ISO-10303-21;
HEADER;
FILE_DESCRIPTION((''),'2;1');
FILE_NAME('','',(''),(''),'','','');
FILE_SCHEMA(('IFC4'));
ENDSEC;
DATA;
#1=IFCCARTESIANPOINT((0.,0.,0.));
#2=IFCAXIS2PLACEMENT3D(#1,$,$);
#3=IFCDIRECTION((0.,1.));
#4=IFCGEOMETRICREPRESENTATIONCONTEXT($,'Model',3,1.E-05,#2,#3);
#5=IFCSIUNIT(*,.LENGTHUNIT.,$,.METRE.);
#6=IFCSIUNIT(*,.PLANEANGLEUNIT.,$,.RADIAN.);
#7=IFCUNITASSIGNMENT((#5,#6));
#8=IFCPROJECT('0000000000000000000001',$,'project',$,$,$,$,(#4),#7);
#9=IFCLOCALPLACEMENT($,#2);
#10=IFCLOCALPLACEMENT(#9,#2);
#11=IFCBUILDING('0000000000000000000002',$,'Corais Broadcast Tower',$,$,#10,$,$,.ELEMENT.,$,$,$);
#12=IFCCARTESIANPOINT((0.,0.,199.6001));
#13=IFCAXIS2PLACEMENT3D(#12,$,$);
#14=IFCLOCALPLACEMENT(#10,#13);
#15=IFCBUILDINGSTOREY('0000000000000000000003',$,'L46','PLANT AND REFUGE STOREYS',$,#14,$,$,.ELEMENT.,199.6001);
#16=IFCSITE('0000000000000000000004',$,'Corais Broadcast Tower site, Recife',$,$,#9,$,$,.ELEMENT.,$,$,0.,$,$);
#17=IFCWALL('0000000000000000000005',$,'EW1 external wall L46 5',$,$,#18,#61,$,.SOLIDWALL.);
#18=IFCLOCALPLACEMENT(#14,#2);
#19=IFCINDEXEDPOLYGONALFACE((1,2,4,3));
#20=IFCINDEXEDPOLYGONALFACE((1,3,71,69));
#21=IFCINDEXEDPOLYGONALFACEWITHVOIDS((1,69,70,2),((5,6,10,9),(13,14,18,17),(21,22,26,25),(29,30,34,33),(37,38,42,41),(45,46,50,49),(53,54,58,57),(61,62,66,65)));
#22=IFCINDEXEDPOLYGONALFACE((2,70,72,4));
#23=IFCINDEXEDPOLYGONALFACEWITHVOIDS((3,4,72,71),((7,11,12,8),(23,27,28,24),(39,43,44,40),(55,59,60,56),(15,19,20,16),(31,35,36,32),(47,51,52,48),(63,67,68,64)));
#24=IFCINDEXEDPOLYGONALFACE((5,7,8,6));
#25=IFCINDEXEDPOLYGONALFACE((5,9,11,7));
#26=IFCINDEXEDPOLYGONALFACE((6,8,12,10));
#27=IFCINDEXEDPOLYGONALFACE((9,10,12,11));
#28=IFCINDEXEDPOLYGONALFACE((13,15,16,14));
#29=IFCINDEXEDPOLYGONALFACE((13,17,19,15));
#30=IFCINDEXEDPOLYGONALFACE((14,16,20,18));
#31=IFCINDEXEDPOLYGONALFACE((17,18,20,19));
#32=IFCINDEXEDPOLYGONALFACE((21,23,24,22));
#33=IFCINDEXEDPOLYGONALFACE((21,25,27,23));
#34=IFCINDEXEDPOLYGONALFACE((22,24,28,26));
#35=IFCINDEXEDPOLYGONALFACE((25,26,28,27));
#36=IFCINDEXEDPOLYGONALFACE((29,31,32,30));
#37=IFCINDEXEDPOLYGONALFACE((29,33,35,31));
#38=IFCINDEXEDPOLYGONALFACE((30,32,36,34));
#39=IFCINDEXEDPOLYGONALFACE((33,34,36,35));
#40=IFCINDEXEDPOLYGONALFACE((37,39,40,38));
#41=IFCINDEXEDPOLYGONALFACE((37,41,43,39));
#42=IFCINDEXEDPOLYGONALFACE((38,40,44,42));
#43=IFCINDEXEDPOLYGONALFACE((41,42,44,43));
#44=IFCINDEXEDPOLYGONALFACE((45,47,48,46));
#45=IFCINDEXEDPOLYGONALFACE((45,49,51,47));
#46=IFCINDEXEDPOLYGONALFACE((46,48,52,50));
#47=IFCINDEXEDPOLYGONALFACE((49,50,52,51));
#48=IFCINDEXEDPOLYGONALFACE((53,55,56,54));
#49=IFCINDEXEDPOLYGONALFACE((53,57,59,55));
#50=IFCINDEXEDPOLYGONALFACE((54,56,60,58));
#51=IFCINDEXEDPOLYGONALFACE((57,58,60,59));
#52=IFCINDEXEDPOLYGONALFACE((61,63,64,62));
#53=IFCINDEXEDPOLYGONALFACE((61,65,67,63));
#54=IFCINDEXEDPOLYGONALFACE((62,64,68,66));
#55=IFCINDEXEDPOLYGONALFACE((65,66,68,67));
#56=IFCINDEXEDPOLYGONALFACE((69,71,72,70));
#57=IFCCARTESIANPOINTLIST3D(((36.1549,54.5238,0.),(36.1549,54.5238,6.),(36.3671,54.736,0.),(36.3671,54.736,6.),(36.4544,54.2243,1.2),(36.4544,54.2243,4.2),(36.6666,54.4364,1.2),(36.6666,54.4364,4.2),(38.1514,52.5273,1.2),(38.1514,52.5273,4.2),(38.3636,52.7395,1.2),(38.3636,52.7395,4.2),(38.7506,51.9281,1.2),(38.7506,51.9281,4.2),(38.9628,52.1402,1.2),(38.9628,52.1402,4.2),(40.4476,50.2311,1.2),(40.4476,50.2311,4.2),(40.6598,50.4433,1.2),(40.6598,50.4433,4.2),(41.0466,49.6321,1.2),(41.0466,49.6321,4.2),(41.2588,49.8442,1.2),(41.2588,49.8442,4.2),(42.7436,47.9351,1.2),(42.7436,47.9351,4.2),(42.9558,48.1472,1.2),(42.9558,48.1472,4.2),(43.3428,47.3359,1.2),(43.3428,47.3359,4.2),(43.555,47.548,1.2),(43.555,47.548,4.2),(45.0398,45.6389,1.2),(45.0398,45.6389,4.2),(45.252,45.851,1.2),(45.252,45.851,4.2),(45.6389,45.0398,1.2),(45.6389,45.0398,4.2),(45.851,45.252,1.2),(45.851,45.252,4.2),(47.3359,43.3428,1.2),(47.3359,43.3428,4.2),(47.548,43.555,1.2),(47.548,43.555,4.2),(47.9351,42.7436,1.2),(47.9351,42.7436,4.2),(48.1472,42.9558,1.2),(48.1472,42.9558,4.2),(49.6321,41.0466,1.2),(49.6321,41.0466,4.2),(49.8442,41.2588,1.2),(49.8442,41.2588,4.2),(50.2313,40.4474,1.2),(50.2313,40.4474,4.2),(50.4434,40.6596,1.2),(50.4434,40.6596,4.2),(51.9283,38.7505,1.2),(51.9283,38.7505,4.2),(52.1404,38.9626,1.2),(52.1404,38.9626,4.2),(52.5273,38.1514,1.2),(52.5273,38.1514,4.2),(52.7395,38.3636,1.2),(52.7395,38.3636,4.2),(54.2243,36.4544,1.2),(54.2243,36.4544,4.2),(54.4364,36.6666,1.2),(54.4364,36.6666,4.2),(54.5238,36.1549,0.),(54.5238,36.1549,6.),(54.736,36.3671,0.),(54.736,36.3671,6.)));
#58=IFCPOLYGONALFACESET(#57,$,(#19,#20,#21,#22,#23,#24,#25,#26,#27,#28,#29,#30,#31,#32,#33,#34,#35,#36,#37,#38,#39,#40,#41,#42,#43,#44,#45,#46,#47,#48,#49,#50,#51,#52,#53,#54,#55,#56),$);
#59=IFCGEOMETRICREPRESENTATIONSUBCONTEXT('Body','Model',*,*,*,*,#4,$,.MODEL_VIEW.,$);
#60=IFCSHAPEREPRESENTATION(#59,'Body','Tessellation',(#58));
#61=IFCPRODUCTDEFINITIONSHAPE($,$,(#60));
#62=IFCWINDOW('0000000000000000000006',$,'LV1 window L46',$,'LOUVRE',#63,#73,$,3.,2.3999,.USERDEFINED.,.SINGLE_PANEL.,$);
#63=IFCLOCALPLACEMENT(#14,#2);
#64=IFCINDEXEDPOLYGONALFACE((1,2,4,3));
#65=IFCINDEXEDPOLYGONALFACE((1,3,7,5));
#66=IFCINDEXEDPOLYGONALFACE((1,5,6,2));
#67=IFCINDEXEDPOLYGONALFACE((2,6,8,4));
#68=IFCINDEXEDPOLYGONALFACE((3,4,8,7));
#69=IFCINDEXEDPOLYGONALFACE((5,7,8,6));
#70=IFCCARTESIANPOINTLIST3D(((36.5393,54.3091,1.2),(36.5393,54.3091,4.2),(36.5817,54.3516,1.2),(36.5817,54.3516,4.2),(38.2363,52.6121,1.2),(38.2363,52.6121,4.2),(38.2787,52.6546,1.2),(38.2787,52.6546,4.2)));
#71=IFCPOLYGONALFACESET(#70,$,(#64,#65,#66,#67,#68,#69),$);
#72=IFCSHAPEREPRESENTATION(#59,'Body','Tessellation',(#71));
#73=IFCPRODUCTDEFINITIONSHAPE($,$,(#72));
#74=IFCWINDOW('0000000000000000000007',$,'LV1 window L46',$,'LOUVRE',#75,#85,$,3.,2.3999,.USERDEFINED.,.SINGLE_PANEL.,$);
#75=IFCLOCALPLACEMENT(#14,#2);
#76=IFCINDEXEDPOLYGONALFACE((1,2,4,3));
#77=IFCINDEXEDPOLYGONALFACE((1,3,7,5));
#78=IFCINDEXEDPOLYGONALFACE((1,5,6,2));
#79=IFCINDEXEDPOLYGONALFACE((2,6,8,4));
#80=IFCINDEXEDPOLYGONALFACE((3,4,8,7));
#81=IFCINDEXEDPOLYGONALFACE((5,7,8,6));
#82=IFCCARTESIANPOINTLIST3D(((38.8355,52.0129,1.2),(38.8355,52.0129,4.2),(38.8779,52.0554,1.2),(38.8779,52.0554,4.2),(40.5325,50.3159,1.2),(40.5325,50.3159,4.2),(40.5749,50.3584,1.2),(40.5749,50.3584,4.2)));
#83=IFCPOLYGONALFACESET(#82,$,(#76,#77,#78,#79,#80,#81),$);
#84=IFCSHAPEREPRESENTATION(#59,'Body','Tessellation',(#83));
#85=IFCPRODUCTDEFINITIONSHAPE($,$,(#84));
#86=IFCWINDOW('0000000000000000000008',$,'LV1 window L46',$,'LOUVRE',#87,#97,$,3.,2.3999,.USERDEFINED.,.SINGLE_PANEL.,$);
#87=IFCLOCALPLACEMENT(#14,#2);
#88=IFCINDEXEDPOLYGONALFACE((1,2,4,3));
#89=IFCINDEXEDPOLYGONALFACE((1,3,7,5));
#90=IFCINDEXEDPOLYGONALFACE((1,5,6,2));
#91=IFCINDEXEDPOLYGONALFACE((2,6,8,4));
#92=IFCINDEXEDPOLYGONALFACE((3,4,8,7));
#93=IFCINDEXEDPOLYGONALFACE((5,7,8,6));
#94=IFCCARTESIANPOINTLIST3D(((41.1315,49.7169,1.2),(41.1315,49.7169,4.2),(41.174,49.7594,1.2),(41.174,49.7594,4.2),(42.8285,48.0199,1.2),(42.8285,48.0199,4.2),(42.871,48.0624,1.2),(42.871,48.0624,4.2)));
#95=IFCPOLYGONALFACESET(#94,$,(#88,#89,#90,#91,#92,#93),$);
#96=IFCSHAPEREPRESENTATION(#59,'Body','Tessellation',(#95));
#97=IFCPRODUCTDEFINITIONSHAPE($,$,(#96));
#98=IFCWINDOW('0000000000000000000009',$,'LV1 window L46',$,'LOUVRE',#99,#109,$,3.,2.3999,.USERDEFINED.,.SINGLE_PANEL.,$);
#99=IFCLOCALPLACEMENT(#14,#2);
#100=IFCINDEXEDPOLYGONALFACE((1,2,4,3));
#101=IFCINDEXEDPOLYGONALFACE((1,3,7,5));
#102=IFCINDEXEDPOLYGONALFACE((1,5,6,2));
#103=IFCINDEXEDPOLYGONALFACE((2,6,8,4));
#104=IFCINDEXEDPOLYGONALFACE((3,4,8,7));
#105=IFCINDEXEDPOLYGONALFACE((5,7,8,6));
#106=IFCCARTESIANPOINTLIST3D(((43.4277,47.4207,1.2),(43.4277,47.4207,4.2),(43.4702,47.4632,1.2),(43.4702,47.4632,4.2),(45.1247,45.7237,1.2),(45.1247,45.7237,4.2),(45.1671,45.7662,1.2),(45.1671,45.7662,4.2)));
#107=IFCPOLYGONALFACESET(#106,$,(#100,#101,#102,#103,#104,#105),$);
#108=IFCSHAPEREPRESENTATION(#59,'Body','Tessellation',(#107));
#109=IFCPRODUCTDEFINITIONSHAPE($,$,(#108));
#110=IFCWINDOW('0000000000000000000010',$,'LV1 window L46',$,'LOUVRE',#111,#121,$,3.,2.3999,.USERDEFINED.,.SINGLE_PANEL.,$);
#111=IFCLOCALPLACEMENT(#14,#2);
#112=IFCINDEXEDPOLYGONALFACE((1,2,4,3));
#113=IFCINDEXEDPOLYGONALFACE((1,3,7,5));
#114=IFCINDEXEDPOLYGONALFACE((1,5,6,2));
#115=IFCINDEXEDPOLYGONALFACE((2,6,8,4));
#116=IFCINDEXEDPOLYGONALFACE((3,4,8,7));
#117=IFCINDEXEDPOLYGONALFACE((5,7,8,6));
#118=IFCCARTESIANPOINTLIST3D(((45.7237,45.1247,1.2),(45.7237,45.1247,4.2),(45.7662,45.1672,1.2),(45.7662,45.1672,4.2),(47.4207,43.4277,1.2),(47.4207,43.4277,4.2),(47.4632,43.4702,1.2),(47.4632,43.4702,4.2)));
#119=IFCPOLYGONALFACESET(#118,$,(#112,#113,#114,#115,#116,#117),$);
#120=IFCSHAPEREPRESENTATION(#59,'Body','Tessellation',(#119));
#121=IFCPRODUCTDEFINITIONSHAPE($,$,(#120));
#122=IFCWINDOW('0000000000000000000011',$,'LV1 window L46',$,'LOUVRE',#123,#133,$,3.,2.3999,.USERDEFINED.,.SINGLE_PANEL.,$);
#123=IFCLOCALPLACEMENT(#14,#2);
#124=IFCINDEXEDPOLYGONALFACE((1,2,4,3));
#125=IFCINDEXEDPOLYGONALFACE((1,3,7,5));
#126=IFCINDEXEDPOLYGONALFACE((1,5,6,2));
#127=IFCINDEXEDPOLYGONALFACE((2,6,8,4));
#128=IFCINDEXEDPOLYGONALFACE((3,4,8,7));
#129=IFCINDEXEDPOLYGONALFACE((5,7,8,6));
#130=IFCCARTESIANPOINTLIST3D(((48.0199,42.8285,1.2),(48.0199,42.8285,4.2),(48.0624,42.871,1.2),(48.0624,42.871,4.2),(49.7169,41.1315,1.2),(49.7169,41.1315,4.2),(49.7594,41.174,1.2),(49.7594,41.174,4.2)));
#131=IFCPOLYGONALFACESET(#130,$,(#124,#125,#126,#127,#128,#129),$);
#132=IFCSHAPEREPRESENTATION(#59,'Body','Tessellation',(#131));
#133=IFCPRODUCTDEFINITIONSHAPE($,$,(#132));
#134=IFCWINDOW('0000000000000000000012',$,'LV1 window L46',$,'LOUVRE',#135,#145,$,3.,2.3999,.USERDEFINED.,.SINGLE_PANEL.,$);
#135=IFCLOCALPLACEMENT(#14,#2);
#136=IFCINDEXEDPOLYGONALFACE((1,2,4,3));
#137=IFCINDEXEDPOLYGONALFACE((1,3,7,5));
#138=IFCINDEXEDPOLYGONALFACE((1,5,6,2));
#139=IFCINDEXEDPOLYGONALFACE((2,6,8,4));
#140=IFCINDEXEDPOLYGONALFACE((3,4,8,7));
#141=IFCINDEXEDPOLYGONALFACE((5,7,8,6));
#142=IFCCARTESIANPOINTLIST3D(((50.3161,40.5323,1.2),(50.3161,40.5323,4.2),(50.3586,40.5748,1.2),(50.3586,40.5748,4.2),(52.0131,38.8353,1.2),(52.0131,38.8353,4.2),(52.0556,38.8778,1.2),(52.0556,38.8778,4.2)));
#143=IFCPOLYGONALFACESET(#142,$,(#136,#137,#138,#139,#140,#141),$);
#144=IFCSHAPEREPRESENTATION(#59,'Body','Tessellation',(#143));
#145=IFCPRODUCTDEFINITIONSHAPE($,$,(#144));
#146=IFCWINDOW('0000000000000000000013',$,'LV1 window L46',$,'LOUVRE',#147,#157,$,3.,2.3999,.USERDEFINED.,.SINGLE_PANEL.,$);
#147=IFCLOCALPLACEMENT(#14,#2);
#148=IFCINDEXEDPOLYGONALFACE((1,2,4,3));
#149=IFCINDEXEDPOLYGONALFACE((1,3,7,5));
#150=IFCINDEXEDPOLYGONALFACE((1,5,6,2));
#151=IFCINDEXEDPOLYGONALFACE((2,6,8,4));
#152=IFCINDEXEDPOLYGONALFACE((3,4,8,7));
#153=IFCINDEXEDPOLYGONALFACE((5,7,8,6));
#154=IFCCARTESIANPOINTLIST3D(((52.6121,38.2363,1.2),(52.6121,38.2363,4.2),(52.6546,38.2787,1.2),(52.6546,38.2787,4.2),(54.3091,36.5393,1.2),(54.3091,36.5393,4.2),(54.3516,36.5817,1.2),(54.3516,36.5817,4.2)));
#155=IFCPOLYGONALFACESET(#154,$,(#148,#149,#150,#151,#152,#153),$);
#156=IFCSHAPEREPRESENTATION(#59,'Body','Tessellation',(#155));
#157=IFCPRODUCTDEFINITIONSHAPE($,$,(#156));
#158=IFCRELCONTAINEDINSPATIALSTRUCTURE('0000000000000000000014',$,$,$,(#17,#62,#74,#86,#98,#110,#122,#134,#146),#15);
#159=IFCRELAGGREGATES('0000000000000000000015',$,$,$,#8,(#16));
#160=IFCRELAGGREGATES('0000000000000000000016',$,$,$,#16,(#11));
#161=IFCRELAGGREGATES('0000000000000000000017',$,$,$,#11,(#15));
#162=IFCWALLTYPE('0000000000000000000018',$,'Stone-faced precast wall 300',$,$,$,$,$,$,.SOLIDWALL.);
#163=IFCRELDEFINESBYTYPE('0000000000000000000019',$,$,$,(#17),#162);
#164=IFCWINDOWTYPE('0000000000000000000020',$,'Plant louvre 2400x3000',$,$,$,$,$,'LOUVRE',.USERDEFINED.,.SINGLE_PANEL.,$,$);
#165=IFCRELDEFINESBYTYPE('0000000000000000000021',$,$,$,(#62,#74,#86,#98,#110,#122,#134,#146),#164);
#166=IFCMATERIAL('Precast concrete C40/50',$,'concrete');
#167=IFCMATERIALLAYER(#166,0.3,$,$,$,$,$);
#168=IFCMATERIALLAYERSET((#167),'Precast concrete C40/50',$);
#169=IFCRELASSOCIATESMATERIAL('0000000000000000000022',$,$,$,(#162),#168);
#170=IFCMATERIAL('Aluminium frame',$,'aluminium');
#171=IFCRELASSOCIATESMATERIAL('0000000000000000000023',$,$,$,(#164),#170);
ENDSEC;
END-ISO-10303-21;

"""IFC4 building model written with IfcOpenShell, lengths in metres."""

from ifc_helpers import new_model, si_unit, direction, frame, frame_2d, origin, place, context, subcontext, project, spatial, rectangle, extrude, material, layer, layer_set, type_object, element, fill, save


model = new_model("IFC4")

# Units and contexts
model_context = context("Model", 3, precision=1e-05, world=origin(), true_north=direction((0.0, 1.0)))
body_context = subcontext(model_context, "Body", "Model", "MODEL_VIEW")
ifc_project = project(units=[si_unit("LENGTHUNIT", "METRE"), si_unit("PLANEANGLEUNIT", "RADIAN")], contexts=[model_context])

# Site, building, storey
site_placement = place(None, origin())
site = spatial("IfcSite", under=ifc_project, at=site_placement, Name="Corais Broadcast Tower site, Recife", CompositionType="ELEMENT", RefElevation=0.0)
building_placement = place(site_placement, origin())
building = spatial("IfcBuilding", under=site, at=building_placement, Name="Corais Broadcast Tower", CompositionType="ELEMENT")
storey_placement = place(building_placement, frame((0.0, 0.0, 199.6001)))
storey = spatial("IfcBuildingStorey", under=building, at=storey_placement, Name="L46", Description="PLANT AND REFUGE STOREYS", CompositionType="ELEMENT", Elevation=199.6001)

# Wall, openings, windows
ifc_material_1 = material(Name="Precast concrete C40/50", Category="concrete")
ifc_layer_1 = layer(ifc_material_1, 0.3)
ifc_layer_set_1 = layer_set([ifc_layer_1], Name="Precast concrete C40/50")
wall_type_1 = type_object("IfcWallType", Name="Stone-faced precast wall 300", PredefinedType="SOLIDWALL", material=ifc_layer_set_1)
wall_1_placement = place(storey_placement, frame((36.261, 54.6299, 0.0), z_axis=(0.0, 0.0, 1.0), x_axis=(0.707107, -0.707107, 0.0)))
wall_1 = element("IfcWall", 1, at=wall_1_placement, inside=storey, type_object=wall_type_1, Name="EW1 external wall L46 5", PredefinedType="SOLIDWALL", context=body_context, shape_type="SweptSolid", body=[
    extrude(rectangle(XDim=25.9775, YDim=0.3, at=frame_2d((12.9888, 0.0))), origin(), (0.0, 0.0, 1.0), 6.0),
])
opening_1_placement = place(wall_1_placement, frame((0.4236, 0.0, 1.2)))
opening_1 = element("IfcOpeningElement", 2, at=opening_1_placement, cuts=wall_1, PredefinedType="OPENING", context=body_context, shape_type="SweptSolid", body=[
    extrude(rectangle(XDim=2.3999, YDim=3.0, at=frame_2d((1.2, 1.5))), frame((0.0, 0.1599, 0.0), z_axis=(0.0, -1.0, 0.0), x_axis=(1.0, 0.0, 0.0)), (0.0, 0.0, 1.0), 0.3201),
])
opening_2_placement = place(wall_1_placement, frame((3.6709, 0.0, 1.2)))
opening_2 = element("IfcOpeningElement", 3, at=opening_2_placement, cuts=wall_1, PredefinedType="OPENING", context=body_context, shape_type="SweptSolid", body=[
    extrude(rectangle(XDim=2.3999, YDim=3.0, at=frame_2d((1.2, 1.5))), frame((0.0, 0.1599, 0.0), z_axis=(0.0, -1.0, 0.0), x_axis=(1.0, 0.0, 0.0)), (0.0, 0.0, 1.0), 0.3201),
])
opening_3_placement = place(wall_1_placement, frame((6.918, 0.0, 1.2)))
opening_3 = element("IfcOpeningElement", 4, at=opening_3_placement, cuts=wall_1, PredefinedType="OPENING", context=body_context, shape_type="SweptSolid", body=[
    extrude(rectangle(XDim=2.3999, YDim=3.0, at=frame_2d((1.2, 1.5))), frame((0.0, 0.1599, 0.0), z_axis=(0.0, -1.0, 0.0), x_axis=(1.0, 0.0, 0.0)), (0.0, 0.0, 1.0), 0.3201),
])
opening_4_placement = place(wall_1_placement, frame((10.1653, 0.0, 1.2)))
opening_4 = element("IfcOpeningElement", 5, at=opening_4_placement, cuts=wall_1, PredefinedType="OPENING", context=body_context, shape_type="SweptSolid", body=[
    extrude(rectangle(XDim=2.3999, YDim=3.0, at=frame_2d((1.2, 1.5))), frame((0.0, 0.1599, 0.0), z_axis=(0.0, -1.0, 0.0), x_axis=(1.0, 0.0, 0.0)), (0.0, 0.0, 1.0), 0.3201),
])
opening_5_placement = place(wall_1_placement, frame((13.4124, 0.0, 1.2)))
opening_5 = element("IfcOpeningElement", 6, at=opening_5_placement, cuts=wall_1, PredefinedType="OPENING", context=body_context, shape_type="SweptSolid", body=[
    extrude(rectangle(XDim=2.3999, YDim=3.0, at=frame_2d((1.2, 1.5))), frame((0.0, 0.1599, 0.0), z_axis=(0.0, -1.0, 0.0), x_axis=(1.0, 0.0, 0.0)), (0.0, 0.0, 1.0), 0.3201),
])
opening_6_placement = place(wall_1_placement, frame((16.6597, 0.0, 1.2)))
opening_6 = element("IfcOpeningElement", 7, at=opening_6_placement, cuts=wall_1, PredefinedType="OPENING", context=body_context, shape_type="SweptSolid", body=[
    extrude(rectangle(XDim=2.3999, YDim=3.0, at=frame_2d((1.2, 1.5))), frame((0.0, 0.1599, 0.0), z_axis=(0.0, -1.0, 0.0), x_axis=(1.0, 0.0, 0.0)), (0.0, 0.0, 1.0), 0.3201),
])
opening_7_placement = place(wall_1_placement, frame((19.907, 0.0, 1.2)))
opening_7 = element("IfcOpeningElement", 8, at=opening_7_placement, cuts=wall_1, PredefinedType="OPENING", context=body_context, shape_type="SweptSolid", body=[
    extrude(rectangle(XDim=2.3999, YDim=3.0, at=frame_2d((1.2, 1.5))), frame((0.0, 0.1599, 0.0), z_axis=(0.0, -1.0, 0.0), x_axis=(1.0, 0.0, 0.0)), (0.0, 0.0, 1.0), 0.3201),
])
opening_8_placement = place(wall_1_placement, frame((23.1541, 0.0, 1.2)))
opening_8 = element("IfcOpeningElement", 9, at=opening_8_placement, cuts=wall_1, PredefinedType="OPENING", context=body_context, shape_type="SweptSolid", body=[
    extrude(rectangle(XDim=2.3999, YDim=3.0, at=frame_2d((1.2, 1.5))), frame((0.0, 0.1599, 0.0), z_axis=(0.0, -1.0, 0.0), x_axis=(1.0, 0.0, 0.0)), (0.0, 0.0, 1.0), 0.3201),
])
ifc_material_2 = material(Name="Aluminium frame", Category="aluminium")
window_type = type_object("IfcWindowType", Name="Plant louvre 2400x3000", ElementType="LOUVRE", PartitioningType="SINGLE_PANEL", PredefinedType="USERDEFINED", material=ifc_material_2)
window_1_placement = place(opening_1_placement, origin())
window_1 = element("IfcWindow", 10, at=window_1_placement, inside=storey, type_object=window_type, Name="LV1 window L46", ObjectType="LOUVRE", OverallHeight=3.0, OverallWidth=2.3999, PartitioningType="SINGLE_PANEL", PredefinedType="USERDEFINED", context=body_context, shape_type="SweptSolid", body=[
    extrude(rectangle(XDim=2.3999, YDim=3.0, at=frame_2d((1.2, 1.5))), frame((0.0, 0.03, 0.0), z_axis=(0.0, -1.0, 0.0), x_axis=(1.0, 0.0, 0.0)), (0.0, 0.0, 1.0), 0.0601),
])
fill(opening_1, window_1)
window_2_placement = place(opening_2_placement, origin())
window_2 = element("IfcWindow", 11, at=window_2_placement, inside=storey, type_object=window_type, Name="LV1 window L46", ObjectType="LOUVRE", OverallHeight=3.0, OverallWidth=2.3999, PartitioningType="SINGLE_PANEL", PredefinedType="USERDEFINED", context=body_context, shape_type="SweptSolid", body=[
    extrude(rectangle(XDim=2.3999, YDim=3.0, at=frame_2d((1.2, 1.5))), frame((0.0, 0.03, 0.0), z_axis=(0.0, -1.0, 0.0), x_axis=(1.0, 0.0, 0.0)), (0.0, 0.0, 1.0), 0.0601),
])
fill(opening_2, window_2)
window_3_placement = place(opening_3_placement, origin())
window_3 = element("IfcWindow", 12, at=window_3_placement, inside=storey, type_object=window_type, Name="LV1 window L46", ObjectType="LOUVRE", OverallHeight=3.0, OverallWidth=2.3999, PartitioningType="SINGLE_PANEL", PredefinedType="USERDEFINED", context=body_context, shape_type="SweptSolid", body=[
    extrude(rectangle(XDim=2.3999, YDim=3.0, at=frame_2d((1.2, 1.5))), frame((0.0, 0.03, 0.0), z_axis=(0.0, -1.0, 0.0), x_axis=(1.0, 0.0, 0.0)), (0.0, 0.0, 1.0), 0.0601),
])
fill(opening_3, window_3)
window_4_placement = place(opening_4_placement, origin())
window_4 = element("IfcWindow", 13, at=window_4_placement, inside=storey, type_object=window_type, Name="LV1 window L46", ObjectType="LOUVRE", OverallHeight=3.0, OverallWidth=2.3999, PartitioningType="SINGLE_PANEL", PredefinedType="USERDEFINED", context=body_context, shape_type="SweptSolid", body=[
    extrude(rectangle(XDim=2.3999, YDim=3.0, at=frame_2d((1.2, 1.5))), frame((0.0, 0.03, 0.0), z_axis=(0.0, -1.0, 0.0), x_axis=(1.0, 0.0, 0.0)), (0.0, 0.0, 1.0), 0.0601),
])
fill(opening_4, window_4)
window_5_placement = place(opening_5_placement, origin())
window_5 = element("IfcWindow", 14, at=window_5_placement, inside=storey, type_object=window_type, Name="LV1 window L46", ObjectType="LOUVRE", OverallHeight=3.0, OverallWidth=2.3999, PartitioningType="SINGLE_PANEL", PredefinedType="USERDEFINED", context=body_context, shape_type="SweptSolid", body=[
    extrude(rectangle(XDim=2.3999, YDim=3.0, at=frame_2d((1.2, 1.5))), frame((0.0, 0.03, 0.0), z_axis=(0.0, -1.0, 0.0), x_axis=(1.0, 0.0, 0.0)), (0.0, 0.0, 1.0), 0.0601),
])
fill(opening_5, window_5)
window_6_placement = place(opening_6_placement, origin())
window_6 = element("IfcWindow", 15, at=window_6_placement, inside=storey, type_object=window_type, Name="LV1 window L46", ObjectType="LOUVRE", OverallHeight=3.0, OverallWidth=2.3999, PartitioningType="SINGLE_PANEL", PredefinedType="USERDEFINED", context=body_context, shape_type="SweptSolid", body=[
    extrude(rectangle(XDim=2.3999, YDim=3.0, at=frame_2d((1.2, 1.5))), frame((0.0, 0.03, 0.0), z_axis=(0.0, -1.0, 0.0), x_axis=(1.0, 0.0, 0.0)), (0.0, 0.0, 1.0), 0.0601),
])
fill(opening_6, window_6)
window_7_placement = place(opening_7_placement, origin())
window_7 = element("IfcWindow", 16, at=window_7_placement, inside=storey, type_object=window_type, Name="LV1 window L46", ObjectType="LOUVRE", OverallHeight=3.0, OverallWidth=2.3999, PartitioningType="SINGLE_PANEL", PredefinedType="USERDEFINED", context=body_context, shape_type="SweptSolid", body=[
    extrude(rectangle(XDim=2.3999, YDim=3.0, at=frame_2d((1.2, 1.5))), frame((0.0, 0.03, 0.0), z_axis=(0.0, -1.0, 0.0), x_axis=(1.0, 0.0, 0.0)), (0.0, 0.0, 1.0), 0.0601),
])
fill(opening_7, window_7)
window_8_placement = place(opening_8_placement, origin())
window_8 = element("IfcWindow", 17, at=window_8_placement, inside=storey, type_object=window_type, Name="LV1 window L46", ObjectType="LOUVRE", OverallHeight=3.0, OverallWidth=2.3999, PartitioningType="SINGLE_PANEL", PredefinedType="USERDEFINED", context=body_context, shape_type="SweptSolid", body=[
    extrude(rectangle(XDim=2.3999, YDim=3.0, at=frame_2d((1.2, 1.5))), frame((0.0, 0.03, 0.0), z_axis=(0.0, -1.0, 0.0), x_axis=(1.0, 0.0, 0.0)), (0.0, 0.0, 1.0), 0.0601),
])
fill(opening_8, window_8)

save(model, "model.ifc")
